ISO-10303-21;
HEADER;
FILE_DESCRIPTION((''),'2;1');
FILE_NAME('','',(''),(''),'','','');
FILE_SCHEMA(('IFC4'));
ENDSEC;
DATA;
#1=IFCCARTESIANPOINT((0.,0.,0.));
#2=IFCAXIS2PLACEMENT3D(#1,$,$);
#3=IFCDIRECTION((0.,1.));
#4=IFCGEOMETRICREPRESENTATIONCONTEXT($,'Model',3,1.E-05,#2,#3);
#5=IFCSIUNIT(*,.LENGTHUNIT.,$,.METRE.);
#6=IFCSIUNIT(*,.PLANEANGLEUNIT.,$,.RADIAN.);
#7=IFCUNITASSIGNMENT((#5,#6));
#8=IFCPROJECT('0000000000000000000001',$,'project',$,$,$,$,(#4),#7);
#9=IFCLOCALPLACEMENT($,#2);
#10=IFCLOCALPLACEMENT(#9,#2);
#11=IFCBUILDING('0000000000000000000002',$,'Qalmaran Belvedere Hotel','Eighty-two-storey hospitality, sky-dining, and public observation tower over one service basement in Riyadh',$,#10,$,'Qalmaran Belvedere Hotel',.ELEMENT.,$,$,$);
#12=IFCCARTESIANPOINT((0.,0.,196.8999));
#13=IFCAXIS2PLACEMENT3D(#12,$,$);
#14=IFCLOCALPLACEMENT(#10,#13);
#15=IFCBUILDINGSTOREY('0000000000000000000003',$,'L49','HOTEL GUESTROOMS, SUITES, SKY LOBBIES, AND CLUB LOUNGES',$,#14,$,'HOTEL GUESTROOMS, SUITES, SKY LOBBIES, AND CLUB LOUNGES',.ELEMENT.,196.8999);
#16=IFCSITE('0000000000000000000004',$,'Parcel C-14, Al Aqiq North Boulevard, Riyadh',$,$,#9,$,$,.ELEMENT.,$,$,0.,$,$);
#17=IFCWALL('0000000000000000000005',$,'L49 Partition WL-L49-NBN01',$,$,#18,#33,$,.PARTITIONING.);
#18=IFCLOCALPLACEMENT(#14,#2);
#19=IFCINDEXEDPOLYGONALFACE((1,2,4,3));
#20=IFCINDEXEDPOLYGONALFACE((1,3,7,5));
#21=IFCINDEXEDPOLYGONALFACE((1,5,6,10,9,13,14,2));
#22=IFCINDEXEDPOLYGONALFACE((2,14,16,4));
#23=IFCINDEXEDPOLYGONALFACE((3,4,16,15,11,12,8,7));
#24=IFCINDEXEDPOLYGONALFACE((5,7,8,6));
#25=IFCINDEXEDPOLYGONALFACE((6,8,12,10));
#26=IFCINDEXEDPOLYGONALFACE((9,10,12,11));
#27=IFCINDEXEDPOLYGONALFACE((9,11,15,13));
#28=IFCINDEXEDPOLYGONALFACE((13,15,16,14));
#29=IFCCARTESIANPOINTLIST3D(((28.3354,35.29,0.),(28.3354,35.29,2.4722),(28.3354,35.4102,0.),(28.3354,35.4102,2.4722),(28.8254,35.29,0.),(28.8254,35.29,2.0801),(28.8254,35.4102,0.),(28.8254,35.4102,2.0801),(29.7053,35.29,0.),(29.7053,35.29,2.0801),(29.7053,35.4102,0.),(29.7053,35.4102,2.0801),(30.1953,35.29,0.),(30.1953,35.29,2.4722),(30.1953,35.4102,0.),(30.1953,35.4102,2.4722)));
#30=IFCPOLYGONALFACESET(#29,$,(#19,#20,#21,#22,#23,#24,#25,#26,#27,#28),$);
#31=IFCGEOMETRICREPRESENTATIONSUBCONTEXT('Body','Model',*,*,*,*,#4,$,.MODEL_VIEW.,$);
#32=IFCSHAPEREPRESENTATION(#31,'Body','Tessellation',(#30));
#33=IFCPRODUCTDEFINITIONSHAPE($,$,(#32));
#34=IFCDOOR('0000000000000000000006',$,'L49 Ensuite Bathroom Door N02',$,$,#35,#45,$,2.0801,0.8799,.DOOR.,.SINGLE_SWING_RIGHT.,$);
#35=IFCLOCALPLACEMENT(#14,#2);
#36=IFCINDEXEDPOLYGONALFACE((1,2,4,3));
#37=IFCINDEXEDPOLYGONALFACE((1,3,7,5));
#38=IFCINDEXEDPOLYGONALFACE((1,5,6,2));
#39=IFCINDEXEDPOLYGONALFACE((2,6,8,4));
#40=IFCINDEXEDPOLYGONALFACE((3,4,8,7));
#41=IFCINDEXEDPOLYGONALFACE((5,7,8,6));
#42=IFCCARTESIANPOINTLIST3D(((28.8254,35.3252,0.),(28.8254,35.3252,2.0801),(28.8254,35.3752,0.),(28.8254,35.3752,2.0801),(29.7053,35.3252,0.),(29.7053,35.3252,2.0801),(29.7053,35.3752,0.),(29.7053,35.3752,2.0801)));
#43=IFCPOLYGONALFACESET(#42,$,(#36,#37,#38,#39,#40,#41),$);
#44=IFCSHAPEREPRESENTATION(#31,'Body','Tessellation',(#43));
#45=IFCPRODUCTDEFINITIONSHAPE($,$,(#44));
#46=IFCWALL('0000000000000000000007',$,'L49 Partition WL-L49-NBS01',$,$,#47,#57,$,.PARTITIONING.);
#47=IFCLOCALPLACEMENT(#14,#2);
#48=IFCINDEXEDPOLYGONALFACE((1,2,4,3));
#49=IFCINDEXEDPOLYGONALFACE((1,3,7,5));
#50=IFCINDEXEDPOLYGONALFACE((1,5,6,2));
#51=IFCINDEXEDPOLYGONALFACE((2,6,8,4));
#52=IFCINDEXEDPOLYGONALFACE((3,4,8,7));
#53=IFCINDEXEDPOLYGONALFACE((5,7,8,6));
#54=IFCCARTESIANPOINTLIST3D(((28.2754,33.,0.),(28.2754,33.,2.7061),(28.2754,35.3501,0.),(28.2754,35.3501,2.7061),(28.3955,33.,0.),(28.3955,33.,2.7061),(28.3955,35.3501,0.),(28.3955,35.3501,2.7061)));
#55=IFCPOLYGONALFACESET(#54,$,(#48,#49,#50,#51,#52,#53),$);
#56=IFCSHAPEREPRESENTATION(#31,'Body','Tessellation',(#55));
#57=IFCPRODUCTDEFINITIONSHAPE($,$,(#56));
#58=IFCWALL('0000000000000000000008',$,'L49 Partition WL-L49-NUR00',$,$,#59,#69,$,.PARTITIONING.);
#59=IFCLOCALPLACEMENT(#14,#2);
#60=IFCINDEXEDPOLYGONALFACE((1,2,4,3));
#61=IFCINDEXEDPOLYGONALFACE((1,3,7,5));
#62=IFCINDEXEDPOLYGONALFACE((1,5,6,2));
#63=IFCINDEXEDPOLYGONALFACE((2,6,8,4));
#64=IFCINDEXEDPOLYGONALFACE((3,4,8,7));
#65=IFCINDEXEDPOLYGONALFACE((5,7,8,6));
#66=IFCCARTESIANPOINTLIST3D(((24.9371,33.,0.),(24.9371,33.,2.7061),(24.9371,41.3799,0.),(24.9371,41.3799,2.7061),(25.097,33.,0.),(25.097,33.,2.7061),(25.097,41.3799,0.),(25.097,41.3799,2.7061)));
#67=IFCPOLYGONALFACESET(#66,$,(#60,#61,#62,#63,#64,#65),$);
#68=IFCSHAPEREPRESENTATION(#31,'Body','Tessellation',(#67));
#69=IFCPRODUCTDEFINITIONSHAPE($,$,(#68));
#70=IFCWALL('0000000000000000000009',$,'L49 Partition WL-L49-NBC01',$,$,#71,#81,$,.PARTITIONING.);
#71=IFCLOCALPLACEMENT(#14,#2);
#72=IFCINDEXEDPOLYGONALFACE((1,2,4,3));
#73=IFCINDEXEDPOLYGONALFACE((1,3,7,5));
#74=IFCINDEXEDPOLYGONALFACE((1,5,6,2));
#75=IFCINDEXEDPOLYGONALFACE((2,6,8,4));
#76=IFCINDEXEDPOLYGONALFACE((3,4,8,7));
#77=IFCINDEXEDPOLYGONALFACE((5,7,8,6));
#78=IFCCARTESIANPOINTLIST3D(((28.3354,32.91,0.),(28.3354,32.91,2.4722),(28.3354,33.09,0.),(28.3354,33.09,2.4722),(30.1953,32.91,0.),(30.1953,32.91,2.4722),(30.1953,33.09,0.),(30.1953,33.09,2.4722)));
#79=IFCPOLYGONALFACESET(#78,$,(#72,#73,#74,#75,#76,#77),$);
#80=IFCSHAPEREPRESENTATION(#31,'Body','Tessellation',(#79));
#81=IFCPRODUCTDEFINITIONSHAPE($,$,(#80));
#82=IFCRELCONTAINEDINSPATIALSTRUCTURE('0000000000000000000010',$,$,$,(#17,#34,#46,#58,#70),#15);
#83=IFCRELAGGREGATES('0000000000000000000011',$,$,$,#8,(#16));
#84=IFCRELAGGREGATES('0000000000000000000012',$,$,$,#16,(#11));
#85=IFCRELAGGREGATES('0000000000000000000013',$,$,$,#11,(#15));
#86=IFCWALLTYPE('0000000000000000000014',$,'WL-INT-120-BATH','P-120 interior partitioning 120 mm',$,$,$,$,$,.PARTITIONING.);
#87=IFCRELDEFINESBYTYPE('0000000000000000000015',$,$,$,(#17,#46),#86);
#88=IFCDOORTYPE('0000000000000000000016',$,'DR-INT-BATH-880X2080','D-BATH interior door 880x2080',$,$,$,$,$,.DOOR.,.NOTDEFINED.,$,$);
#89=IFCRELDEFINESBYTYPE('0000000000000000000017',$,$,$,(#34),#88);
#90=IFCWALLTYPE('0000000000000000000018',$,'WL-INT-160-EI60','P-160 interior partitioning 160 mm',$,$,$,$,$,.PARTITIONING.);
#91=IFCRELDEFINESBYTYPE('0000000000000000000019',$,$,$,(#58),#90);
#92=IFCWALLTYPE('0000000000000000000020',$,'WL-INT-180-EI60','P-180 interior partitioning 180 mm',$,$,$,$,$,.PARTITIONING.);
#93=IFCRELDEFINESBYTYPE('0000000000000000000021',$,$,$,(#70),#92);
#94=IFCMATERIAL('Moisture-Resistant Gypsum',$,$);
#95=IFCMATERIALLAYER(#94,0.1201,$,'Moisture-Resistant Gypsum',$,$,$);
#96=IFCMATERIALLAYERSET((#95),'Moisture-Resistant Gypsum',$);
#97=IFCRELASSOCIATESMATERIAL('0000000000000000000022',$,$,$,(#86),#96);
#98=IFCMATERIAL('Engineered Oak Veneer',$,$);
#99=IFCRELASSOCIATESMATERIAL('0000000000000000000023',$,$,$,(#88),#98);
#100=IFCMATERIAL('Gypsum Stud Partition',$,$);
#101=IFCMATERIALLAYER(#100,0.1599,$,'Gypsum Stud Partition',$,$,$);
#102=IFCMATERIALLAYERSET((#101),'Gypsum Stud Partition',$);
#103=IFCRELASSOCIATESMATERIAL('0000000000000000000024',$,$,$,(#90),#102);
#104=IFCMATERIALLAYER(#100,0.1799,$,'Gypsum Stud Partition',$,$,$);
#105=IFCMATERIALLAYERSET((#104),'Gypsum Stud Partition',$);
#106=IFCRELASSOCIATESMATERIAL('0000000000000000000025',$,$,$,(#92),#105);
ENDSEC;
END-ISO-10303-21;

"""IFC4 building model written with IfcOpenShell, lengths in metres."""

from ifc_helpers import new_model, si_unit, direction, frame, frame_2d, origin, place, context, subcontext, project, spatial, rectangle, extrude, material, layer, layer_set, type_object, element, fill, save


model = new_model("IFC4")

# Units and contexts
model_context = context("Model", 3, precision=1e-05, world=origin(), true_north=direction((0.0, 1.0)))
body_context = subcontext(model_context, "Body", "Model", "MODEL_VIEW")
ifc_project = project(units=[si_unit("LENGTHUNIT", "METRE"), si_unit("PLANEANGLEUNIT", "RADIAN")], contexts=[model_context])

# Site, building, storey
site_placement = place(None, origin())
site = spatial("IfcSite", under=ifc_project, at=site_placement, Name="Parcel C-14, Al Aqiq North Boulevard, Riyadh", CompositionType="ELEMENT", RefElevation=0.0)
building_placement = place(site_placement, origin())
building = spatial("IfcBuilding", under=site, at=building_placement, Name="Qalmaran Belvedere Hotel", Description="Eighty-two-storey hospitality, sky-dining, and public observation tower over one service basement in Riyadh", LongName="Qalmaran Belvedere Hotel", CompositionType="ELEMENT")
storey_placement = place(building_placement, frame((0.0, 0.0, 196.8999)))
storey = spatial("IfcBuildingStorey", under=building, at=storey_placement, Name="L49", Description="HOTEL GUESTROOMS, SUITES, SKY LOBBIES, AND CLUB LOUNGES", LongName="HOTEL GUESTROOMS, SUITES, SKY LOBBIES, AND CLUB LOUNGES", CompositionType="ELEMENT", Elevation=196.8999)

# Shared definitions
ifc_material_1 = material(Name="Moisture-Resistant Gypsum")
ifc_layer_1 = layer(ifc_material_1, 0.1201, Name="Moisture-Resistant Gypsum")
ifc_layer_set_1 = layer_set([ifc_layer_1], Name="Moisture-Resistant Gypsum")
wall_type_1 = type_object("IfcWallType", Name="WL-INT-120-BATH", Description="P-120 interior partitioning 120 mm", PredefinedType="PARTITIONING", material=ifc_layer_set_1)
ifc_material_2 = material(Name="Engineered Oak Veneer")
door_type_1 = type_object("IfcDoorType", Name="DR-INT-BATH-880X2080", Description="D-BATH interior door 880x2080", OperationType="NOTDEFINED", PredefinedType="DOOR", material=ifc_material_2)

# Wall, opening, door
wall_1_placement = place(storey_placement, frame((28.3354, 35.3501, 0.0), z_axis=(0.0, 0.0, 1.0), x_axis=(1.0, 0.0, 0.0)))
wall_1 = element("IfcWall", 1, at=wall_1_placement, inside=storey, type_object=wall_type_1, Name="L49 Partition WL-L49-NBN01", PredefinedType="PARTITIONING", context=body_context, shape_type="SweptSolid", body=[
    extrude(rectangle(XDim=1.8599, YDim=0.1201, at=frame_2d((0.9299, 0.0))), origin(), (0.0, 0.0, 1.0), 2.4722),
])
opening_1_placement = place(wall_1_placement, frame((1.3699, 0.0, 0.0), z_axis=(0.0, 0.0, 1.0), x_axis=(-1.0, 0.0, 0.0)))
opening_1 = element("IfcOpeningElement", 2, at=opening_1_placement, cuts=wall_1, PredefinedType="OPENING", context=body_context, shape_type="SweptSolid", body=[
    extrude(rectangle(XDim=0.8799, YDim=2.0801, at=frame_2d((0.4399, 1.04))), frame((0.0, 0.0701, 0.0), z_axis=(0.0, -1.0, 0.0), x_axis=(1.0, 0.0, 0.0)), (0.0, 0.0, 1.0), 0.1401),
])
door_1_placement = place(opening_1_placement, origin())
door_1 = element("IfcDoor", 3, at=door_1_placement, inside=storey, type_object=door_type_1, Name="L49 Ensuite Bathroom Door N02", OperationType="SINGLE_SWING_RIGHT", OverallHeight=2.0801, OverallWidth=0.8799, PredefinedType="DOOR", context=body_context, shape_type="SweptSolid", body=[
    extrude(rectangle(XDim=0.8799, YDim=2.0801, at=frame_2d((0.4399, 1.04))), frame((0.0, 0.0249, 0.0), z_axis=(0.0, -1.0, 0.0), x_axis=(1.0, 0.0, 0.0)), (0.0, 0.0, 1.0), 0.05),
])
fill(opening_1, door_1)

# Walls
wall_2_placement = place(storey_placement, frame((28.3354, 33.0, 0.0), z_axis=(0.0, 0.0, 1.0), x_axis=(0.0, 1.0, 0.0)))
element("IfcWall", 4, at=wall_2_placement, inside=storey, type_object=wall_type_1, Name="L49 Partition WL-L49-NBS01", PredefinedType="PARTITIONING", context=body_context, shape_type="SweptSolid", body=[
    extrude(rectangle(XDim=2.3501, YDim=0.1201, at=frame_2d((1.175, 0.0))), origin(), (0.0, 0.0, 1.0), 2.7061),
])
ifc_material_3 = material(Name="Gypsum Stud Partition")
ifc_layer_2 = layer(ifc_material_3, 0.1599, Name="Gypsum Stud Partition")
ifc_layer_set_2 = layer_set([ifc_layer_2], Name="Gypsum Stud Partition")
wall_type_2 = type_object("IfcWallType", Name="WL-INT-160-EI60", Description="P-160 interior partitioning 160 mm", PredefinedType="PARTITIONING", material=ifc_layer_set_2)
wall_3_placement = place(storey_placement, frame((25.0171, 33.0, 0.0), z_axis=(0.0, 0.0, 1.0), x_axis=(0.0, 1.0, 0.0)))
element("IfcWall", 5, at=wall_3_placement, inside=storey, type_object=wall_type_2, Name="L49 Partition WL-L49-NUR00", PredefinedType="PARTITIONING", context=body_context, shape_type="SweptSolid", body=[
    extrude(rectangle(XDim=8.3799, YDim=0.1599, at=frame_2d((4.1899, 0.0))), origin(), (0.0, 0.0, 1.0), 2.7061),
])

# Shared definitions
ifc_layer_3 = layer(ifc_material_3, 0.1799, Name="Gypsum Stud Partition")
ifc_layer_set_3 = layer_set([ifc_layer_3], Name="Gypsum Stud Partition")
wall_type_3 = type_object("IfcWallType", Name="WL-INT-180-EI60", Description="P-180 interior partitioning 180 mm", PredefinedType="PARTITIONING", material=ifc_layer_set_3)

# Wall
wall_4_placement = place(storey_placement, frame((28.3354, 33.0, 0.0), z_axis=(0.0, 0.0, 1.0), x_axis=(1.0, 0.0, 0.0)))
element("IfcWall", 6, at=wall_4_placement, inside=storey, type_object=wall_type_3, Name="L49 Partition WL-L49-NBC01", PredefinedType="PARTITIONING", context=body_context, shape_type="SweptSolid", body=[
    extrude(rectangle(XDim=1.8599, YDim=0.1799, at=frame_2d((0.9299, 0.0))), origin(), (0.0, 0.0, 1.0), 2.4722),
])

save(model, "model.ifc")
